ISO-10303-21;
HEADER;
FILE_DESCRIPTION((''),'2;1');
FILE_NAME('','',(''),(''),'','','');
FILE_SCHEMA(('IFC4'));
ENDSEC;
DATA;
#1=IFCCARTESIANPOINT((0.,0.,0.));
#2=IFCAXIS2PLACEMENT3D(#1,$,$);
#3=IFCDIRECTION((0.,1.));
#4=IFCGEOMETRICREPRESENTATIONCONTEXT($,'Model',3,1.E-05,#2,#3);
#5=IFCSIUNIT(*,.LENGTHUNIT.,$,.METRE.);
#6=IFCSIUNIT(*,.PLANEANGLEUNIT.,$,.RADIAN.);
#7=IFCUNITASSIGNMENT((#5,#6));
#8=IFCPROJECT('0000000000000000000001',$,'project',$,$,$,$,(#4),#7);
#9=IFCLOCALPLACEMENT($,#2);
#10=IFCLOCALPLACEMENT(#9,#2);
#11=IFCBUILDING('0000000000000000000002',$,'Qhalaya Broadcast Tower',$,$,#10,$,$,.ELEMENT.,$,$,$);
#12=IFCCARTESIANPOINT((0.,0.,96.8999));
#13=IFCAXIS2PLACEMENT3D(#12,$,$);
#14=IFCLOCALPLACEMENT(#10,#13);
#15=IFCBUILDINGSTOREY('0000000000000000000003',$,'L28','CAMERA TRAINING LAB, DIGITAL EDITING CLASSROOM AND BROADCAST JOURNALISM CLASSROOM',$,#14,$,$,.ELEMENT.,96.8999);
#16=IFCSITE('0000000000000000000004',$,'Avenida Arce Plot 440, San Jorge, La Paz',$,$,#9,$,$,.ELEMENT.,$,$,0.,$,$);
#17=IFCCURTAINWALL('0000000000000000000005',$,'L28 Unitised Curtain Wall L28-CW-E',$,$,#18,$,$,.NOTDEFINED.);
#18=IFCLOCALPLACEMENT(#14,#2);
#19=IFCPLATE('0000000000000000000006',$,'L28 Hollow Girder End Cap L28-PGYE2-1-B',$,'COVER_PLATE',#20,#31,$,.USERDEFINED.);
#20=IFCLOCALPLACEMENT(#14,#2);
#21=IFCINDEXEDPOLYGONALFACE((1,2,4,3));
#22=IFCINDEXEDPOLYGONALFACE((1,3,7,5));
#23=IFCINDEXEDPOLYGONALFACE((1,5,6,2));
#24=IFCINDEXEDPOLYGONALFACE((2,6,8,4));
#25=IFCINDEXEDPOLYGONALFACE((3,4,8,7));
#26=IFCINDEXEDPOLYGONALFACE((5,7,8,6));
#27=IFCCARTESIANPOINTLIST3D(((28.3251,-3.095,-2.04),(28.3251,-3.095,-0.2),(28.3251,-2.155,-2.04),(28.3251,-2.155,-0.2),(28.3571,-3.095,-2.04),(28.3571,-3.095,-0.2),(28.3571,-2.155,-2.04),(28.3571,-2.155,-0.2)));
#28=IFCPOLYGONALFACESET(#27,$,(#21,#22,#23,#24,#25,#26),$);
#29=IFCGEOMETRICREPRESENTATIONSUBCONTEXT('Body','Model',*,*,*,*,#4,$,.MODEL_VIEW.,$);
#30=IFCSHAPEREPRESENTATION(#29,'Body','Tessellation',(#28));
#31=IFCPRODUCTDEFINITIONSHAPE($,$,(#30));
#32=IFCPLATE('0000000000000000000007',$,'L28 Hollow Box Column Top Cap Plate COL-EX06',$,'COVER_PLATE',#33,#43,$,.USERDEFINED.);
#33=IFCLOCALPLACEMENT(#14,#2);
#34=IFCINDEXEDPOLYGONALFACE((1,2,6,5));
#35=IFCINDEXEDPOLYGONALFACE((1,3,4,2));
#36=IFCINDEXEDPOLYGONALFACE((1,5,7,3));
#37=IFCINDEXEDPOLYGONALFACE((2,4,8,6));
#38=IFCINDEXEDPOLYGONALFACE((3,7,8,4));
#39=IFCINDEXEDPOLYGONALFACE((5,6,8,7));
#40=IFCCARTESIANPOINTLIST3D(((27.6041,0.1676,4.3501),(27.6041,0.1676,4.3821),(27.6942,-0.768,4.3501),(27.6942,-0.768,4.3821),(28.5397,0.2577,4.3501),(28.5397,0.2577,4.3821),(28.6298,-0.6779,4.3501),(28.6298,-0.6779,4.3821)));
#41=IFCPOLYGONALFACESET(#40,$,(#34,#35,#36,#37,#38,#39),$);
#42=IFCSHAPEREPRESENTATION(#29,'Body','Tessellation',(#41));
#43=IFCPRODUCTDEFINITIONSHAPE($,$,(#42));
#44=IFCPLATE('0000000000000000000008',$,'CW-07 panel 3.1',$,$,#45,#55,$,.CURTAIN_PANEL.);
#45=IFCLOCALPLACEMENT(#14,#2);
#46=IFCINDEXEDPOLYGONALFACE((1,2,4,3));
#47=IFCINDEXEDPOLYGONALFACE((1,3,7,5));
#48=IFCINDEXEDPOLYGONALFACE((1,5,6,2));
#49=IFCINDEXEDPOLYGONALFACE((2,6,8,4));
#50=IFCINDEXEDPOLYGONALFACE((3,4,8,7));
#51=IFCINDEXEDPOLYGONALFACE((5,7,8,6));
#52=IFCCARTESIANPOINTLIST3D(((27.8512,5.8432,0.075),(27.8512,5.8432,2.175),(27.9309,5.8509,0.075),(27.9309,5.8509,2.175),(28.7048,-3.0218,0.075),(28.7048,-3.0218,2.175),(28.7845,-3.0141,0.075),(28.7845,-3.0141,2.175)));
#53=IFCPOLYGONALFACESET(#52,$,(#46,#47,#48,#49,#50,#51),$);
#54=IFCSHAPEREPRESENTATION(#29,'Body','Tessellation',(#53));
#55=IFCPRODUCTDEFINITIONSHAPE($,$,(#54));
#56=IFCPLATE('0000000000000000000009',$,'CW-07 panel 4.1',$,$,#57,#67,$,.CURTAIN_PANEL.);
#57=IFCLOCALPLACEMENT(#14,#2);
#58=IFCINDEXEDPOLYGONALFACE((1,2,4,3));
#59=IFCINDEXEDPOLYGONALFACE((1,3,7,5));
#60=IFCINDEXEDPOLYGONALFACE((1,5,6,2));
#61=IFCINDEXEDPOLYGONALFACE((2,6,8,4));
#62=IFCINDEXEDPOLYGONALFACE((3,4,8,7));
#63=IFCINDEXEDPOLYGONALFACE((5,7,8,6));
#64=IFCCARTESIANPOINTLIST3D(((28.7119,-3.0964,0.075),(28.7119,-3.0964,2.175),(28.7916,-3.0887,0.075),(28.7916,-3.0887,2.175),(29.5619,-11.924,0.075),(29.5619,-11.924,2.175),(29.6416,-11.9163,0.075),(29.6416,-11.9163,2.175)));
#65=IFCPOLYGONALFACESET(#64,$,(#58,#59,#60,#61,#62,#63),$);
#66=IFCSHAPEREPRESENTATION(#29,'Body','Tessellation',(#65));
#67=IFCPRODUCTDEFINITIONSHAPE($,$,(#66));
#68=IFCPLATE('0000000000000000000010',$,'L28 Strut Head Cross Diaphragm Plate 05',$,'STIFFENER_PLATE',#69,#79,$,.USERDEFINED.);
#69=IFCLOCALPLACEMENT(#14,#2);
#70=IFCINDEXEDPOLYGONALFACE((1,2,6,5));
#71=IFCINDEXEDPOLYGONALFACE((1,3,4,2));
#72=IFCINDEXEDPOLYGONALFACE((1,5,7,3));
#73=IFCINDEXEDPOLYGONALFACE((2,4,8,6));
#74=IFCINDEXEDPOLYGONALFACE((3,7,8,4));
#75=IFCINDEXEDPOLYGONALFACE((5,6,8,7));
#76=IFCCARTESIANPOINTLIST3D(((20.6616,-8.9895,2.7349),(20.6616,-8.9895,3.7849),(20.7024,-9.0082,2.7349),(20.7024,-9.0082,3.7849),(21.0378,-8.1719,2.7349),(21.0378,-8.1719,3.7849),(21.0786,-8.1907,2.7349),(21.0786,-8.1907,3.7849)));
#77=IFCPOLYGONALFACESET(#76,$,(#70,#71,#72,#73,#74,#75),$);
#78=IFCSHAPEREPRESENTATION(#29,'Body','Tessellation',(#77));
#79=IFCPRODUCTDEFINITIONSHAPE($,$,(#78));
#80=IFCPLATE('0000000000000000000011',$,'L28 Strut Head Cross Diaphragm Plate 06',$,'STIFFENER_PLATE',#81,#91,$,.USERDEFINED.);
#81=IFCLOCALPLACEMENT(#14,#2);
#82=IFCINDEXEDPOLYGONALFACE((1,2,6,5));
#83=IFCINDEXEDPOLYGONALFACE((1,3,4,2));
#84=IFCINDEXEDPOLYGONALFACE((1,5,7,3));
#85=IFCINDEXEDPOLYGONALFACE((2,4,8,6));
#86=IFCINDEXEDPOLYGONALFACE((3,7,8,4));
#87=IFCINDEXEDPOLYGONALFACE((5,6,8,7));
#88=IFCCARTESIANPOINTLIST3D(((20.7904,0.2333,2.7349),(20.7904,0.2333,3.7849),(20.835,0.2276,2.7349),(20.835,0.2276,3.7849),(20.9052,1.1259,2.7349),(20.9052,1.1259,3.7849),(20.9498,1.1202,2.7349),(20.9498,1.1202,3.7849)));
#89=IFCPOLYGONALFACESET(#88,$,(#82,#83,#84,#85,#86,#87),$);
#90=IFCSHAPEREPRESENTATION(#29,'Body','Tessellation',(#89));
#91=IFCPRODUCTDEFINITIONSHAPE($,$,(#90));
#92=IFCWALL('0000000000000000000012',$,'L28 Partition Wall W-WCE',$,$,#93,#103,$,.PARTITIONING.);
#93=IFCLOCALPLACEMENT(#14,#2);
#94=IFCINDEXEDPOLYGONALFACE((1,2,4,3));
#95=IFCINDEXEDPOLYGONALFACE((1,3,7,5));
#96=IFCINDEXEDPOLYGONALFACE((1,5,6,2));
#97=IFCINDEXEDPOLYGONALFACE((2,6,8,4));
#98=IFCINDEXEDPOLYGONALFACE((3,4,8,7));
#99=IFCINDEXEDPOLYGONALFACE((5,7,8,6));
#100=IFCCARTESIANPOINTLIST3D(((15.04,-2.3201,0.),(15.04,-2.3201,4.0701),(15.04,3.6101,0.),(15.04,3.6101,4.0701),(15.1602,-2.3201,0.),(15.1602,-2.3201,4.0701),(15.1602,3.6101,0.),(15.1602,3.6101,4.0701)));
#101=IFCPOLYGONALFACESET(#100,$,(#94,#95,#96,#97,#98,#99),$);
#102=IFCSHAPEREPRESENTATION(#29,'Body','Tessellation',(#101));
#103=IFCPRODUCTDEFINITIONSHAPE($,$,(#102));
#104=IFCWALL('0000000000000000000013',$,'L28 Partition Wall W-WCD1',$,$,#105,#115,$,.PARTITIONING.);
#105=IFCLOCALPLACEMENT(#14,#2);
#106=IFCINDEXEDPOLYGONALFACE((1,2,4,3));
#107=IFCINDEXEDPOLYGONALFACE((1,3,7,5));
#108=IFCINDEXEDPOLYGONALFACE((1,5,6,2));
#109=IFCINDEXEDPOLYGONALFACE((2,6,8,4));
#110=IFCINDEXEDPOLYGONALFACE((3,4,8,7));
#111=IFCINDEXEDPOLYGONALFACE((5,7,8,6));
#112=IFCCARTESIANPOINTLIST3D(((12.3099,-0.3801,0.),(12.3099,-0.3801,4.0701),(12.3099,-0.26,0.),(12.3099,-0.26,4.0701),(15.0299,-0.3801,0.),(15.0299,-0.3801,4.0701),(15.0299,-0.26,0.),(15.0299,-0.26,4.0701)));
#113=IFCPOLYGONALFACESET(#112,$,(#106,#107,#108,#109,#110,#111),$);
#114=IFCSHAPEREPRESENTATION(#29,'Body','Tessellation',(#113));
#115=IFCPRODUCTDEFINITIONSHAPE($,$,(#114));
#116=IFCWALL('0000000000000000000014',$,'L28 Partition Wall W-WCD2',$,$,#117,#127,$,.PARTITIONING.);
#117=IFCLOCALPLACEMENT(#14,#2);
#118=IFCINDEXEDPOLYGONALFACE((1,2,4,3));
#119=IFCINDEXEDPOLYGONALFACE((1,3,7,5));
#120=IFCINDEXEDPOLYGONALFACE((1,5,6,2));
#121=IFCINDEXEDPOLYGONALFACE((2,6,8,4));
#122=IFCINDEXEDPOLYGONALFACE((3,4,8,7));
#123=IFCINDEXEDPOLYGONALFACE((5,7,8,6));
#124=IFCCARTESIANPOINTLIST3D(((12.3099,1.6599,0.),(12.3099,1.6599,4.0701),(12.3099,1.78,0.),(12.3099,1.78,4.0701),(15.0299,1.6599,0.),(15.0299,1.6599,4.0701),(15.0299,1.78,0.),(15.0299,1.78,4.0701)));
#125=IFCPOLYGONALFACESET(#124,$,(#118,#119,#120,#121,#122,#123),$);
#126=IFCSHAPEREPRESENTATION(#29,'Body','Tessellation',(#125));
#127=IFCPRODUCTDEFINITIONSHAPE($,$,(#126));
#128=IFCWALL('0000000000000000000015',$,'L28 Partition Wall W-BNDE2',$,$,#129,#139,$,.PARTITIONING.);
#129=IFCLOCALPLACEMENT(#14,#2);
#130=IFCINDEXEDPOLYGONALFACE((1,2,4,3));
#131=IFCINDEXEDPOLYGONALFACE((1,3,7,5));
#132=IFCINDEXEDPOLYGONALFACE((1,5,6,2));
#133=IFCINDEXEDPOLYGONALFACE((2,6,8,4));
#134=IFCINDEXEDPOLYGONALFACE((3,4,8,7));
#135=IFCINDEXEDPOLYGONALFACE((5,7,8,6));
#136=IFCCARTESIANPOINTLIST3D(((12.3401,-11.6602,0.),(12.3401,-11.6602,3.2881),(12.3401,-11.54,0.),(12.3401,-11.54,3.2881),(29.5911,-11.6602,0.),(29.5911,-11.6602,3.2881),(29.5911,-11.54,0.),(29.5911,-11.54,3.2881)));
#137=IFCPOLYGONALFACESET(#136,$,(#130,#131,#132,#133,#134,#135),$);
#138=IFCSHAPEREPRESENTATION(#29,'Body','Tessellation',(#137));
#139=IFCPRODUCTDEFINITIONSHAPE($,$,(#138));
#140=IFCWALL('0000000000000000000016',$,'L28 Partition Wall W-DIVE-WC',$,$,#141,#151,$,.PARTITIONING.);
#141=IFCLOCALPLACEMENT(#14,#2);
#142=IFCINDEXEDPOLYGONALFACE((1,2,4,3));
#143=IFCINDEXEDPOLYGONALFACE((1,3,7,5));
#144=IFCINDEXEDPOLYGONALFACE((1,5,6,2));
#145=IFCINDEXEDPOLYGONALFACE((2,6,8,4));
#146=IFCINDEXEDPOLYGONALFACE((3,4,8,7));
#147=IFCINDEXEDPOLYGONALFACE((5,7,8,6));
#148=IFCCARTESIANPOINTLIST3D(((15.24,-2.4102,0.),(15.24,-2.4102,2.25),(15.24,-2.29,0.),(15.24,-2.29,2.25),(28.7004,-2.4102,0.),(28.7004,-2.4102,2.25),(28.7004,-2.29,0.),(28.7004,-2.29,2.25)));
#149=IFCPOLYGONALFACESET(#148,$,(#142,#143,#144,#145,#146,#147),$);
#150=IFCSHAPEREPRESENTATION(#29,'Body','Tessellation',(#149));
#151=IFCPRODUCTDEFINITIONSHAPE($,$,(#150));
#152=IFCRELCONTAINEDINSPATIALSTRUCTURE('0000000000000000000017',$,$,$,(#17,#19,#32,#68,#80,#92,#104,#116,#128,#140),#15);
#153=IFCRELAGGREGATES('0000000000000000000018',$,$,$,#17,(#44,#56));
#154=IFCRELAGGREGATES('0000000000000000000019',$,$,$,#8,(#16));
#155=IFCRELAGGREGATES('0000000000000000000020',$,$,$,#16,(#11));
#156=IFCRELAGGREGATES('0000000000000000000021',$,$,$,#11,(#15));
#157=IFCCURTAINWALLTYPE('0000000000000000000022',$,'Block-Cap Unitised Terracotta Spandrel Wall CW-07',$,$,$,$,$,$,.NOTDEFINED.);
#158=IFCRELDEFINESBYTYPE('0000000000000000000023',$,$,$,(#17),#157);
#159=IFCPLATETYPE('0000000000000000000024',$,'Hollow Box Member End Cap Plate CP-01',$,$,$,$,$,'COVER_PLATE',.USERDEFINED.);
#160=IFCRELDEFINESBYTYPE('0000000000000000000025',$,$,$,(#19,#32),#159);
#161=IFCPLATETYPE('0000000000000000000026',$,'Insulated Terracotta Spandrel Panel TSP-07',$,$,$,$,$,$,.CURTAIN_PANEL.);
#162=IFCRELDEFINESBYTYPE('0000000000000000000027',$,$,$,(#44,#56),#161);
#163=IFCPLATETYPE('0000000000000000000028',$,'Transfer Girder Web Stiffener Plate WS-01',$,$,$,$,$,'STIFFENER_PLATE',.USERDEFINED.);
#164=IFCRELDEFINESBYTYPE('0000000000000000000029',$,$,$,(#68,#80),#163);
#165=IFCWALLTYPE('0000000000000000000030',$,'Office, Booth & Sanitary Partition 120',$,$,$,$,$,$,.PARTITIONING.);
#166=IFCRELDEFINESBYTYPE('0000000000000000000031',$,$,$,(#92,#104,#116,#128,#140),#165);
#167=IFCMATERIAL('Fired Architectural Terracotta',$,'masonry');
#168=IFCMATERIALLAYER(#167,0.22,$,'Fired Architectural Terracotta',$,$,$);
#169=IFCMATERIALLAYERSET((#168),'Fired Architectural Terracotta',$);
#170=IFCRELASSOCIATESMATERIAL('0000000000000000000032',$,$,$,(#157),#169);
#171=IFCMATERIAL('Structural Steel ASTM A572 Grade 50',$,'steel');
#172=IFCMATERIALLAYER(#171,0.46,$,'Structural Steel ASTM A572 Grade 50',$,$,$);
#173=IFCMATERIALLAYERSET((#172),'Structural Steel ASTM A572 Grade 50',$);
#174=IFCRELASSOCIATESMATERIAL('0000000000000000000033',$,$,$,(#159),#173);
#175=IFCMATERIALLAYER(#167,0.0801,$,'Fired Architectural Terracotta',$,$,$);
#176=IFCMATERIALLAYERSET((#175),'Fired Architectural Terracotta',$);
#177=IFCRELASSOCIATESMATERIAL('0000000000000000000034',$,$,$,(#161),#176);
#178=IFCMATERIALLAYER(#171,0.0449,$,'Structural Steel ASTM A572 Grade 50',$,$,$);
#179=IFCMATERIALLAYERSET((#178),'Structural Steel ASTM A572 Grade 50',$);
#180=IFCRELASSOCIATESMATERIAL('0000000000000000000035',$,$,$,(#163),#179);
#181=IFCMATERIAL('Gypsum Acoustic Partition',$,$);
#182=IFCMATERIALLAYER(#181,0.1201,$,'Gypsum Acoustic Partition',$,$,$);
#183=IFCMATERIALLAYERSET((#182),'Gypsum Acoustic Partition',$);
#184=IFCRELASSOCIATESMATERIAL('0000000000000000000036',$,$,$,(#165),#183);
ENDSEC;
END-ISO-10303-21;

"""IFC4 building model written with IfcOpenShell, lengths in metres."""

from ifc_helpers import new_model, si_unit, direction, frame, frame_2d, origin, origin_2d, place, context, subcontext, project, spatial, rectangle, extrude, material, layer, layer_set, type_object, element, aggregate, save


model = new_model("IFC4")

# Units and contexts
model_context = context("Model", 3, precision=1e-05, world=origin(), true_north=direction((0.0, 1.0)))
body_context = subcontext(model_context, "Body", "Model", "MODEL_VIEW")
ifc_project = project(units=[si_unit("LENGTHUNIT", "METRE"), si_unit("PLANEANGLEUNIT", "RADIAN")], contexts=[model_context])

# Site, building, storey
site_placement = place(None, origin())
site = spatial("IfcSite", under=ifc_project, at=site_placement, Name="Avenida Arce Plot 440, San Jorge, La Paz", CompositionType="ELEMENT", RefElevation=0.0)
building_placement = place(site_placement, origin())
building = spatial("IfcBuilding", under=site, at=building_placement, Name="Qhalaya Broadcast Tower", CompositionType="ELEMENT")
storey_placement = place(building_placement, frame((0.0, 0.0, 96.8999)))
storey = spatial("IfcBuildingStorey", under=building, at=storey_placement, Name="L28", Description="CAMERA TRAINING LAB, DIGITAL EDITING CLASSROOM AND BROADCAST JOURNALISM CLASSROOM", CompositionType="ELEMENT", Elevation=96.8999)

# Shared definitions
ifc_material_1 = material(Name="Structural Steel ASTM A572 Grade 50", Category="steel")

# Curtain wall
ifc_material_2 = material(Name="Fired Architectural Terracotta", Category="masonry")
ifc_layer_1 = layer(ifc_material_2, 0.22, Name="Fired Architectural Terracotta")
ifc_layer_set_1 = layer_set([ifc_layer_1], Name="Fired Architectural Terracotta")
curtain_wall_type = type_object("IfcCurtainWallType", Name="Block-Cap Unitised Terracotta Spandrel Wall CW-07", PredefinedType="NOTDEFINED", material=ifc_layer_set_1)
curtain_wall_placement = place(storey_placement, origin())
curtain_wall = element("IfcCurtainWall", 1, at=curtain_wall_placement, inside=storey, type_object=curtain_wall_type, Name="L28 Unitised Curtain Wall L28-CW-E", PredefinedType="NOTDEFINED")

# Plates
ifc_layer_2 = layer(ifc_material_1, 0.46, Name="Structural Steel ASTM A572 Grade 50")
ifc_layer_set_2 = layer_set([ifc_layer_2], Name="Structural Steel ASTM A572 Grade 50")
plate_type_1 = type_object("IfcPlateType", Name="Hollow Box Member End Cap Plate CP-01", ElementType="COVER_PLATE", PredefinedType="USERDEFINED", material=ifc_layer_set_2)
for number, where, z_axis, x_axis, name in (
    (2, (28.3411, -2.625, -2.04), (0.0, 0.0, 1.0), (0.0, 1.0, 0.0), "L28 Hollow Girder End Cap L28-PGYE2-1-B"),
):
    element("IfcPlate", number, at=place(storey_placement, frame(where, z_axis=z_axis, x_axis=x_axis)), inside=storey, type_object=plate_type_1, Name=name, ObjectType="COVER_PLATE", PredefinedType="USERDEFINED", context=body_context, shape_type="SweptSolid", body=[
        extrude(rectangle(XDim=0.9399, YDim=0.032, at=origin_2d()), origin(), (0.0, 0.0, 1.0), 1.8401),
    ])
plate_1_placement = place(storey_placement, frame((28.1169, -0.2551, 4.3501), z_axis=(0.0, 0.0, 1.0), x_axis=(-0.095846, 0.995396, 0.0)))
element("IfcPlate", 3, at=plate_1_placement, inside=storey, type_object=plate_type_1, Name="L28 Hollow Box Column Top Cap Plate COL-EX06", ObjectType="COVER_PLATE", PredefinedType="USERDEFINED", context=body_context, shape_type="SweptSolid", body=[
    extrude(rectangle(XDim=0.9399, YDim=0.9399, at=origin_2d()), origin(), (0.0, 0.0, 1.0), 0.032),
])

# Plates
ifc_layer_3 = layer(ifc_material_2, 0.0801, Name="Fired Architectural Terracotta")
ifc_layer_set_3 = layer_set([ifc_layer_3], Name="Fired Architectural Terracotta")
plate_type_2 = type_object("IfcPlateType", Name="Insulated Terracotta Spandrel Panel TSP-07", PredefinedType="CURTAIN_PANEL", material=ifc_layer_set_3)
plate_2_placement = place(storey_placement, frame((28.3179, 1.4146, 0.075), z_axis=(0.0, 0.0, 1.0), x_axis=(0.095847, -0.995396, 0.0)))
plate_2 = element("IfcPlate", 4, at=plate_2_placement, type_object=plate_type_2, Name="CW-07 panel 3.1", PredefinedType="CURTAIN_PANEL", context=body_context, shape_type="SweptSolid", body=[
    extrude(rectangle(XDim=8.906, YDim=0.0801, at=origin_2d()), origin(), (0.0, 0.0, 1.0), 2.1001),
])
plate_3_placement = place(storey_placement, frame((29.1768, -7.5063, 0.075), z_axis=(0.0, 0.0, 1.0), x_axis=(0.095847, -0.995396, 0.0)))
plate_3 = element("IfcPlate", 5, at=plate_3_placement, type_object=plate_type_2, Name="CW-07 panel 4.1", PredefinedType="CURTAIN_PANEL", context=body_context, shape_type="SweptSolid", body=[
    extrude(rectangle(XDim=8.8684, YDim=0.0801, at=origin_2d()), origin(), (0.0, 0.0, 1.0), 2.1001),
])
aggregate(curtain_wall, [plate_2, plate_3])

# Plates
ifc_layer_4 = layer(ifc_material_1, 0.0449, Name="Structural Steel ASTM A572 Grade 50")
ifc_layer_set_4 = layer_set([ifc_layer_4], Name="Structural Steel ASTM A572 Grade 50")
plate_type_3 = type_object("IfcPlateType", Name="Transfer Girder Web Stiffener Plate WS-01", ElementType="STIFFENER_PLATE", PredefinedType="USERDEFINED", material=ifc_layer_set_4)
for number, where, z_axis, x_axis, name in (
    (6, (20.8701, -8.5901, 2.7349), (0.0, 0.0, 1.0), (-0.417994, -0.90845, 0.0), "L28 Strut Head Cross Diaphragm Plate 05"),
    (7, (20.8701, 0.6768, 2.7349), (0.0, 0.0, 1.0), (-0.127549, -0.991832, 0.0), "L28 Strut Head Cross Diaphragm Plate 06"),
):
    element("IfcPlate", number, at=place(storey_placement, frame(where, z_axis=z_axis, x_axis=x_axis)), inside=storey, type_object=plate_type_3, Name=name, ObjectType="STIFFENER_PLATE", PredefinedType="USERDEFINED", context=body_context, shape_type="SweptSolid", body=[
        extrude(rectangle(XDim=0.8999, YDim=0.0449, at=origin_2d()), origin(), (0.0, 0.0, 1.0), 1.05),
    ])

# Walls
ifc_material_3 = material(Name="Gypsum Acoustic Partition")
ifc_layer_5 = layer(ifc_material_3, 0.1201, Name="Gypsum Acoustic Partition")
ifc_layer_set_5 = layer_set([ifc_layer_5], Name="Gypsum Acoustic Partition")
wall_type = type_object("IfcWallType", Name="Office, Booth & Sanitary Partition 120", PredefinedType="PARTITIONING", material=ifc_layer_set_5)
wall_1_placement = place(storey_placement, frame((15.1001, -2.3201, 0.0), z_axis=(0.0, 0.0, 1.0), x_axis=(0.0, 1.0, 0.0)))
element("IfcWall", 8, at=wall_1_placement, inside=storey, type_object=wall_type, Name="L28 Partition Wall W-WCE", PredefinedType="PARTITIONING", context=body_context, shape_type="SweptSolid", body=[
    extrude(rectangle(XDim=5.9302, YDim=0.1201, at=frame_2d((2.9651, 0.0))), origin(), (0.0, 0.0, 1.0), 4.0701),
])
for number, where, z_axis, x_axis, name in (
    (9, (12.3101, -0.3201, 0.0), (0.0, 0.0, 1.0), (1.0, 0.0, 0.0), "L28 Partition Wall W-WCD1"),
    (10, (12.3101, 1.72, 0.0), (0.0, 0.0, 1.0), (1.0, 0.0, 0.0), "L28 Partition Wall W-WCD2"),
):
    element("IfcWall", number, at=place(storey_placement, frame(where, z_axis=z_axis, x_axis=x_axis)), inside=storey, type_object=wall_type, Name=name, PredefinedType="PARTITIONING", context=body_context, shape_type="SweptSolid", body=[
        extrude(rectangle(XDim=2.72, YDim=0.1201, at=frame_2d((1.3599, 0.0))), origin(), (0.0, 0.0, 1.0), 4.0701),
    ])
wall_2_placement = place(storey_placement, frame((12.3401, -11.6001, 0.0), z_axis=(0.0, 0.0, 1.0), x_axis=(1.0, 0.0, 0.0)))
element("IfcWall", 11, at=wall_2_placement, inside=storey, type_object=wall_type, Name="L28 Partition Wall W-BNDE2", PredefinedType="PARTITIONING", context=body_context, shape_type="SweptSolid", body=[
    extrude(rectangle(XDim=17.251, YDim=0.1201, at=frame_2d((8.6255, 0.0))), origin(), (0.0, 0.0, 1.0), 3.2881),
])
wall_3_placement = place(storey_placement, frame((15.24, -2.3501, 0.0), z_axis=(0.0, 0.0, 1.0), x_axis=(1.0, 0.0, 0.0)))
element("IfcWall", 12, at=wall_3_placement, inside=storey, type_object=wall_type, Name="L28 Partition Wall W-DIVE-WC", PredefinedType="PARTITIONING", context=body_context, shape_type="SweptSolid", body=[
    extrude(rectangle(XDim=13.4604, YDim=0.1201, at=frame_2d((6.7302, 0.0))), origin(), (0.0, 0.0, 1.0), 2.25),
])

save(model, "model.ifc")
